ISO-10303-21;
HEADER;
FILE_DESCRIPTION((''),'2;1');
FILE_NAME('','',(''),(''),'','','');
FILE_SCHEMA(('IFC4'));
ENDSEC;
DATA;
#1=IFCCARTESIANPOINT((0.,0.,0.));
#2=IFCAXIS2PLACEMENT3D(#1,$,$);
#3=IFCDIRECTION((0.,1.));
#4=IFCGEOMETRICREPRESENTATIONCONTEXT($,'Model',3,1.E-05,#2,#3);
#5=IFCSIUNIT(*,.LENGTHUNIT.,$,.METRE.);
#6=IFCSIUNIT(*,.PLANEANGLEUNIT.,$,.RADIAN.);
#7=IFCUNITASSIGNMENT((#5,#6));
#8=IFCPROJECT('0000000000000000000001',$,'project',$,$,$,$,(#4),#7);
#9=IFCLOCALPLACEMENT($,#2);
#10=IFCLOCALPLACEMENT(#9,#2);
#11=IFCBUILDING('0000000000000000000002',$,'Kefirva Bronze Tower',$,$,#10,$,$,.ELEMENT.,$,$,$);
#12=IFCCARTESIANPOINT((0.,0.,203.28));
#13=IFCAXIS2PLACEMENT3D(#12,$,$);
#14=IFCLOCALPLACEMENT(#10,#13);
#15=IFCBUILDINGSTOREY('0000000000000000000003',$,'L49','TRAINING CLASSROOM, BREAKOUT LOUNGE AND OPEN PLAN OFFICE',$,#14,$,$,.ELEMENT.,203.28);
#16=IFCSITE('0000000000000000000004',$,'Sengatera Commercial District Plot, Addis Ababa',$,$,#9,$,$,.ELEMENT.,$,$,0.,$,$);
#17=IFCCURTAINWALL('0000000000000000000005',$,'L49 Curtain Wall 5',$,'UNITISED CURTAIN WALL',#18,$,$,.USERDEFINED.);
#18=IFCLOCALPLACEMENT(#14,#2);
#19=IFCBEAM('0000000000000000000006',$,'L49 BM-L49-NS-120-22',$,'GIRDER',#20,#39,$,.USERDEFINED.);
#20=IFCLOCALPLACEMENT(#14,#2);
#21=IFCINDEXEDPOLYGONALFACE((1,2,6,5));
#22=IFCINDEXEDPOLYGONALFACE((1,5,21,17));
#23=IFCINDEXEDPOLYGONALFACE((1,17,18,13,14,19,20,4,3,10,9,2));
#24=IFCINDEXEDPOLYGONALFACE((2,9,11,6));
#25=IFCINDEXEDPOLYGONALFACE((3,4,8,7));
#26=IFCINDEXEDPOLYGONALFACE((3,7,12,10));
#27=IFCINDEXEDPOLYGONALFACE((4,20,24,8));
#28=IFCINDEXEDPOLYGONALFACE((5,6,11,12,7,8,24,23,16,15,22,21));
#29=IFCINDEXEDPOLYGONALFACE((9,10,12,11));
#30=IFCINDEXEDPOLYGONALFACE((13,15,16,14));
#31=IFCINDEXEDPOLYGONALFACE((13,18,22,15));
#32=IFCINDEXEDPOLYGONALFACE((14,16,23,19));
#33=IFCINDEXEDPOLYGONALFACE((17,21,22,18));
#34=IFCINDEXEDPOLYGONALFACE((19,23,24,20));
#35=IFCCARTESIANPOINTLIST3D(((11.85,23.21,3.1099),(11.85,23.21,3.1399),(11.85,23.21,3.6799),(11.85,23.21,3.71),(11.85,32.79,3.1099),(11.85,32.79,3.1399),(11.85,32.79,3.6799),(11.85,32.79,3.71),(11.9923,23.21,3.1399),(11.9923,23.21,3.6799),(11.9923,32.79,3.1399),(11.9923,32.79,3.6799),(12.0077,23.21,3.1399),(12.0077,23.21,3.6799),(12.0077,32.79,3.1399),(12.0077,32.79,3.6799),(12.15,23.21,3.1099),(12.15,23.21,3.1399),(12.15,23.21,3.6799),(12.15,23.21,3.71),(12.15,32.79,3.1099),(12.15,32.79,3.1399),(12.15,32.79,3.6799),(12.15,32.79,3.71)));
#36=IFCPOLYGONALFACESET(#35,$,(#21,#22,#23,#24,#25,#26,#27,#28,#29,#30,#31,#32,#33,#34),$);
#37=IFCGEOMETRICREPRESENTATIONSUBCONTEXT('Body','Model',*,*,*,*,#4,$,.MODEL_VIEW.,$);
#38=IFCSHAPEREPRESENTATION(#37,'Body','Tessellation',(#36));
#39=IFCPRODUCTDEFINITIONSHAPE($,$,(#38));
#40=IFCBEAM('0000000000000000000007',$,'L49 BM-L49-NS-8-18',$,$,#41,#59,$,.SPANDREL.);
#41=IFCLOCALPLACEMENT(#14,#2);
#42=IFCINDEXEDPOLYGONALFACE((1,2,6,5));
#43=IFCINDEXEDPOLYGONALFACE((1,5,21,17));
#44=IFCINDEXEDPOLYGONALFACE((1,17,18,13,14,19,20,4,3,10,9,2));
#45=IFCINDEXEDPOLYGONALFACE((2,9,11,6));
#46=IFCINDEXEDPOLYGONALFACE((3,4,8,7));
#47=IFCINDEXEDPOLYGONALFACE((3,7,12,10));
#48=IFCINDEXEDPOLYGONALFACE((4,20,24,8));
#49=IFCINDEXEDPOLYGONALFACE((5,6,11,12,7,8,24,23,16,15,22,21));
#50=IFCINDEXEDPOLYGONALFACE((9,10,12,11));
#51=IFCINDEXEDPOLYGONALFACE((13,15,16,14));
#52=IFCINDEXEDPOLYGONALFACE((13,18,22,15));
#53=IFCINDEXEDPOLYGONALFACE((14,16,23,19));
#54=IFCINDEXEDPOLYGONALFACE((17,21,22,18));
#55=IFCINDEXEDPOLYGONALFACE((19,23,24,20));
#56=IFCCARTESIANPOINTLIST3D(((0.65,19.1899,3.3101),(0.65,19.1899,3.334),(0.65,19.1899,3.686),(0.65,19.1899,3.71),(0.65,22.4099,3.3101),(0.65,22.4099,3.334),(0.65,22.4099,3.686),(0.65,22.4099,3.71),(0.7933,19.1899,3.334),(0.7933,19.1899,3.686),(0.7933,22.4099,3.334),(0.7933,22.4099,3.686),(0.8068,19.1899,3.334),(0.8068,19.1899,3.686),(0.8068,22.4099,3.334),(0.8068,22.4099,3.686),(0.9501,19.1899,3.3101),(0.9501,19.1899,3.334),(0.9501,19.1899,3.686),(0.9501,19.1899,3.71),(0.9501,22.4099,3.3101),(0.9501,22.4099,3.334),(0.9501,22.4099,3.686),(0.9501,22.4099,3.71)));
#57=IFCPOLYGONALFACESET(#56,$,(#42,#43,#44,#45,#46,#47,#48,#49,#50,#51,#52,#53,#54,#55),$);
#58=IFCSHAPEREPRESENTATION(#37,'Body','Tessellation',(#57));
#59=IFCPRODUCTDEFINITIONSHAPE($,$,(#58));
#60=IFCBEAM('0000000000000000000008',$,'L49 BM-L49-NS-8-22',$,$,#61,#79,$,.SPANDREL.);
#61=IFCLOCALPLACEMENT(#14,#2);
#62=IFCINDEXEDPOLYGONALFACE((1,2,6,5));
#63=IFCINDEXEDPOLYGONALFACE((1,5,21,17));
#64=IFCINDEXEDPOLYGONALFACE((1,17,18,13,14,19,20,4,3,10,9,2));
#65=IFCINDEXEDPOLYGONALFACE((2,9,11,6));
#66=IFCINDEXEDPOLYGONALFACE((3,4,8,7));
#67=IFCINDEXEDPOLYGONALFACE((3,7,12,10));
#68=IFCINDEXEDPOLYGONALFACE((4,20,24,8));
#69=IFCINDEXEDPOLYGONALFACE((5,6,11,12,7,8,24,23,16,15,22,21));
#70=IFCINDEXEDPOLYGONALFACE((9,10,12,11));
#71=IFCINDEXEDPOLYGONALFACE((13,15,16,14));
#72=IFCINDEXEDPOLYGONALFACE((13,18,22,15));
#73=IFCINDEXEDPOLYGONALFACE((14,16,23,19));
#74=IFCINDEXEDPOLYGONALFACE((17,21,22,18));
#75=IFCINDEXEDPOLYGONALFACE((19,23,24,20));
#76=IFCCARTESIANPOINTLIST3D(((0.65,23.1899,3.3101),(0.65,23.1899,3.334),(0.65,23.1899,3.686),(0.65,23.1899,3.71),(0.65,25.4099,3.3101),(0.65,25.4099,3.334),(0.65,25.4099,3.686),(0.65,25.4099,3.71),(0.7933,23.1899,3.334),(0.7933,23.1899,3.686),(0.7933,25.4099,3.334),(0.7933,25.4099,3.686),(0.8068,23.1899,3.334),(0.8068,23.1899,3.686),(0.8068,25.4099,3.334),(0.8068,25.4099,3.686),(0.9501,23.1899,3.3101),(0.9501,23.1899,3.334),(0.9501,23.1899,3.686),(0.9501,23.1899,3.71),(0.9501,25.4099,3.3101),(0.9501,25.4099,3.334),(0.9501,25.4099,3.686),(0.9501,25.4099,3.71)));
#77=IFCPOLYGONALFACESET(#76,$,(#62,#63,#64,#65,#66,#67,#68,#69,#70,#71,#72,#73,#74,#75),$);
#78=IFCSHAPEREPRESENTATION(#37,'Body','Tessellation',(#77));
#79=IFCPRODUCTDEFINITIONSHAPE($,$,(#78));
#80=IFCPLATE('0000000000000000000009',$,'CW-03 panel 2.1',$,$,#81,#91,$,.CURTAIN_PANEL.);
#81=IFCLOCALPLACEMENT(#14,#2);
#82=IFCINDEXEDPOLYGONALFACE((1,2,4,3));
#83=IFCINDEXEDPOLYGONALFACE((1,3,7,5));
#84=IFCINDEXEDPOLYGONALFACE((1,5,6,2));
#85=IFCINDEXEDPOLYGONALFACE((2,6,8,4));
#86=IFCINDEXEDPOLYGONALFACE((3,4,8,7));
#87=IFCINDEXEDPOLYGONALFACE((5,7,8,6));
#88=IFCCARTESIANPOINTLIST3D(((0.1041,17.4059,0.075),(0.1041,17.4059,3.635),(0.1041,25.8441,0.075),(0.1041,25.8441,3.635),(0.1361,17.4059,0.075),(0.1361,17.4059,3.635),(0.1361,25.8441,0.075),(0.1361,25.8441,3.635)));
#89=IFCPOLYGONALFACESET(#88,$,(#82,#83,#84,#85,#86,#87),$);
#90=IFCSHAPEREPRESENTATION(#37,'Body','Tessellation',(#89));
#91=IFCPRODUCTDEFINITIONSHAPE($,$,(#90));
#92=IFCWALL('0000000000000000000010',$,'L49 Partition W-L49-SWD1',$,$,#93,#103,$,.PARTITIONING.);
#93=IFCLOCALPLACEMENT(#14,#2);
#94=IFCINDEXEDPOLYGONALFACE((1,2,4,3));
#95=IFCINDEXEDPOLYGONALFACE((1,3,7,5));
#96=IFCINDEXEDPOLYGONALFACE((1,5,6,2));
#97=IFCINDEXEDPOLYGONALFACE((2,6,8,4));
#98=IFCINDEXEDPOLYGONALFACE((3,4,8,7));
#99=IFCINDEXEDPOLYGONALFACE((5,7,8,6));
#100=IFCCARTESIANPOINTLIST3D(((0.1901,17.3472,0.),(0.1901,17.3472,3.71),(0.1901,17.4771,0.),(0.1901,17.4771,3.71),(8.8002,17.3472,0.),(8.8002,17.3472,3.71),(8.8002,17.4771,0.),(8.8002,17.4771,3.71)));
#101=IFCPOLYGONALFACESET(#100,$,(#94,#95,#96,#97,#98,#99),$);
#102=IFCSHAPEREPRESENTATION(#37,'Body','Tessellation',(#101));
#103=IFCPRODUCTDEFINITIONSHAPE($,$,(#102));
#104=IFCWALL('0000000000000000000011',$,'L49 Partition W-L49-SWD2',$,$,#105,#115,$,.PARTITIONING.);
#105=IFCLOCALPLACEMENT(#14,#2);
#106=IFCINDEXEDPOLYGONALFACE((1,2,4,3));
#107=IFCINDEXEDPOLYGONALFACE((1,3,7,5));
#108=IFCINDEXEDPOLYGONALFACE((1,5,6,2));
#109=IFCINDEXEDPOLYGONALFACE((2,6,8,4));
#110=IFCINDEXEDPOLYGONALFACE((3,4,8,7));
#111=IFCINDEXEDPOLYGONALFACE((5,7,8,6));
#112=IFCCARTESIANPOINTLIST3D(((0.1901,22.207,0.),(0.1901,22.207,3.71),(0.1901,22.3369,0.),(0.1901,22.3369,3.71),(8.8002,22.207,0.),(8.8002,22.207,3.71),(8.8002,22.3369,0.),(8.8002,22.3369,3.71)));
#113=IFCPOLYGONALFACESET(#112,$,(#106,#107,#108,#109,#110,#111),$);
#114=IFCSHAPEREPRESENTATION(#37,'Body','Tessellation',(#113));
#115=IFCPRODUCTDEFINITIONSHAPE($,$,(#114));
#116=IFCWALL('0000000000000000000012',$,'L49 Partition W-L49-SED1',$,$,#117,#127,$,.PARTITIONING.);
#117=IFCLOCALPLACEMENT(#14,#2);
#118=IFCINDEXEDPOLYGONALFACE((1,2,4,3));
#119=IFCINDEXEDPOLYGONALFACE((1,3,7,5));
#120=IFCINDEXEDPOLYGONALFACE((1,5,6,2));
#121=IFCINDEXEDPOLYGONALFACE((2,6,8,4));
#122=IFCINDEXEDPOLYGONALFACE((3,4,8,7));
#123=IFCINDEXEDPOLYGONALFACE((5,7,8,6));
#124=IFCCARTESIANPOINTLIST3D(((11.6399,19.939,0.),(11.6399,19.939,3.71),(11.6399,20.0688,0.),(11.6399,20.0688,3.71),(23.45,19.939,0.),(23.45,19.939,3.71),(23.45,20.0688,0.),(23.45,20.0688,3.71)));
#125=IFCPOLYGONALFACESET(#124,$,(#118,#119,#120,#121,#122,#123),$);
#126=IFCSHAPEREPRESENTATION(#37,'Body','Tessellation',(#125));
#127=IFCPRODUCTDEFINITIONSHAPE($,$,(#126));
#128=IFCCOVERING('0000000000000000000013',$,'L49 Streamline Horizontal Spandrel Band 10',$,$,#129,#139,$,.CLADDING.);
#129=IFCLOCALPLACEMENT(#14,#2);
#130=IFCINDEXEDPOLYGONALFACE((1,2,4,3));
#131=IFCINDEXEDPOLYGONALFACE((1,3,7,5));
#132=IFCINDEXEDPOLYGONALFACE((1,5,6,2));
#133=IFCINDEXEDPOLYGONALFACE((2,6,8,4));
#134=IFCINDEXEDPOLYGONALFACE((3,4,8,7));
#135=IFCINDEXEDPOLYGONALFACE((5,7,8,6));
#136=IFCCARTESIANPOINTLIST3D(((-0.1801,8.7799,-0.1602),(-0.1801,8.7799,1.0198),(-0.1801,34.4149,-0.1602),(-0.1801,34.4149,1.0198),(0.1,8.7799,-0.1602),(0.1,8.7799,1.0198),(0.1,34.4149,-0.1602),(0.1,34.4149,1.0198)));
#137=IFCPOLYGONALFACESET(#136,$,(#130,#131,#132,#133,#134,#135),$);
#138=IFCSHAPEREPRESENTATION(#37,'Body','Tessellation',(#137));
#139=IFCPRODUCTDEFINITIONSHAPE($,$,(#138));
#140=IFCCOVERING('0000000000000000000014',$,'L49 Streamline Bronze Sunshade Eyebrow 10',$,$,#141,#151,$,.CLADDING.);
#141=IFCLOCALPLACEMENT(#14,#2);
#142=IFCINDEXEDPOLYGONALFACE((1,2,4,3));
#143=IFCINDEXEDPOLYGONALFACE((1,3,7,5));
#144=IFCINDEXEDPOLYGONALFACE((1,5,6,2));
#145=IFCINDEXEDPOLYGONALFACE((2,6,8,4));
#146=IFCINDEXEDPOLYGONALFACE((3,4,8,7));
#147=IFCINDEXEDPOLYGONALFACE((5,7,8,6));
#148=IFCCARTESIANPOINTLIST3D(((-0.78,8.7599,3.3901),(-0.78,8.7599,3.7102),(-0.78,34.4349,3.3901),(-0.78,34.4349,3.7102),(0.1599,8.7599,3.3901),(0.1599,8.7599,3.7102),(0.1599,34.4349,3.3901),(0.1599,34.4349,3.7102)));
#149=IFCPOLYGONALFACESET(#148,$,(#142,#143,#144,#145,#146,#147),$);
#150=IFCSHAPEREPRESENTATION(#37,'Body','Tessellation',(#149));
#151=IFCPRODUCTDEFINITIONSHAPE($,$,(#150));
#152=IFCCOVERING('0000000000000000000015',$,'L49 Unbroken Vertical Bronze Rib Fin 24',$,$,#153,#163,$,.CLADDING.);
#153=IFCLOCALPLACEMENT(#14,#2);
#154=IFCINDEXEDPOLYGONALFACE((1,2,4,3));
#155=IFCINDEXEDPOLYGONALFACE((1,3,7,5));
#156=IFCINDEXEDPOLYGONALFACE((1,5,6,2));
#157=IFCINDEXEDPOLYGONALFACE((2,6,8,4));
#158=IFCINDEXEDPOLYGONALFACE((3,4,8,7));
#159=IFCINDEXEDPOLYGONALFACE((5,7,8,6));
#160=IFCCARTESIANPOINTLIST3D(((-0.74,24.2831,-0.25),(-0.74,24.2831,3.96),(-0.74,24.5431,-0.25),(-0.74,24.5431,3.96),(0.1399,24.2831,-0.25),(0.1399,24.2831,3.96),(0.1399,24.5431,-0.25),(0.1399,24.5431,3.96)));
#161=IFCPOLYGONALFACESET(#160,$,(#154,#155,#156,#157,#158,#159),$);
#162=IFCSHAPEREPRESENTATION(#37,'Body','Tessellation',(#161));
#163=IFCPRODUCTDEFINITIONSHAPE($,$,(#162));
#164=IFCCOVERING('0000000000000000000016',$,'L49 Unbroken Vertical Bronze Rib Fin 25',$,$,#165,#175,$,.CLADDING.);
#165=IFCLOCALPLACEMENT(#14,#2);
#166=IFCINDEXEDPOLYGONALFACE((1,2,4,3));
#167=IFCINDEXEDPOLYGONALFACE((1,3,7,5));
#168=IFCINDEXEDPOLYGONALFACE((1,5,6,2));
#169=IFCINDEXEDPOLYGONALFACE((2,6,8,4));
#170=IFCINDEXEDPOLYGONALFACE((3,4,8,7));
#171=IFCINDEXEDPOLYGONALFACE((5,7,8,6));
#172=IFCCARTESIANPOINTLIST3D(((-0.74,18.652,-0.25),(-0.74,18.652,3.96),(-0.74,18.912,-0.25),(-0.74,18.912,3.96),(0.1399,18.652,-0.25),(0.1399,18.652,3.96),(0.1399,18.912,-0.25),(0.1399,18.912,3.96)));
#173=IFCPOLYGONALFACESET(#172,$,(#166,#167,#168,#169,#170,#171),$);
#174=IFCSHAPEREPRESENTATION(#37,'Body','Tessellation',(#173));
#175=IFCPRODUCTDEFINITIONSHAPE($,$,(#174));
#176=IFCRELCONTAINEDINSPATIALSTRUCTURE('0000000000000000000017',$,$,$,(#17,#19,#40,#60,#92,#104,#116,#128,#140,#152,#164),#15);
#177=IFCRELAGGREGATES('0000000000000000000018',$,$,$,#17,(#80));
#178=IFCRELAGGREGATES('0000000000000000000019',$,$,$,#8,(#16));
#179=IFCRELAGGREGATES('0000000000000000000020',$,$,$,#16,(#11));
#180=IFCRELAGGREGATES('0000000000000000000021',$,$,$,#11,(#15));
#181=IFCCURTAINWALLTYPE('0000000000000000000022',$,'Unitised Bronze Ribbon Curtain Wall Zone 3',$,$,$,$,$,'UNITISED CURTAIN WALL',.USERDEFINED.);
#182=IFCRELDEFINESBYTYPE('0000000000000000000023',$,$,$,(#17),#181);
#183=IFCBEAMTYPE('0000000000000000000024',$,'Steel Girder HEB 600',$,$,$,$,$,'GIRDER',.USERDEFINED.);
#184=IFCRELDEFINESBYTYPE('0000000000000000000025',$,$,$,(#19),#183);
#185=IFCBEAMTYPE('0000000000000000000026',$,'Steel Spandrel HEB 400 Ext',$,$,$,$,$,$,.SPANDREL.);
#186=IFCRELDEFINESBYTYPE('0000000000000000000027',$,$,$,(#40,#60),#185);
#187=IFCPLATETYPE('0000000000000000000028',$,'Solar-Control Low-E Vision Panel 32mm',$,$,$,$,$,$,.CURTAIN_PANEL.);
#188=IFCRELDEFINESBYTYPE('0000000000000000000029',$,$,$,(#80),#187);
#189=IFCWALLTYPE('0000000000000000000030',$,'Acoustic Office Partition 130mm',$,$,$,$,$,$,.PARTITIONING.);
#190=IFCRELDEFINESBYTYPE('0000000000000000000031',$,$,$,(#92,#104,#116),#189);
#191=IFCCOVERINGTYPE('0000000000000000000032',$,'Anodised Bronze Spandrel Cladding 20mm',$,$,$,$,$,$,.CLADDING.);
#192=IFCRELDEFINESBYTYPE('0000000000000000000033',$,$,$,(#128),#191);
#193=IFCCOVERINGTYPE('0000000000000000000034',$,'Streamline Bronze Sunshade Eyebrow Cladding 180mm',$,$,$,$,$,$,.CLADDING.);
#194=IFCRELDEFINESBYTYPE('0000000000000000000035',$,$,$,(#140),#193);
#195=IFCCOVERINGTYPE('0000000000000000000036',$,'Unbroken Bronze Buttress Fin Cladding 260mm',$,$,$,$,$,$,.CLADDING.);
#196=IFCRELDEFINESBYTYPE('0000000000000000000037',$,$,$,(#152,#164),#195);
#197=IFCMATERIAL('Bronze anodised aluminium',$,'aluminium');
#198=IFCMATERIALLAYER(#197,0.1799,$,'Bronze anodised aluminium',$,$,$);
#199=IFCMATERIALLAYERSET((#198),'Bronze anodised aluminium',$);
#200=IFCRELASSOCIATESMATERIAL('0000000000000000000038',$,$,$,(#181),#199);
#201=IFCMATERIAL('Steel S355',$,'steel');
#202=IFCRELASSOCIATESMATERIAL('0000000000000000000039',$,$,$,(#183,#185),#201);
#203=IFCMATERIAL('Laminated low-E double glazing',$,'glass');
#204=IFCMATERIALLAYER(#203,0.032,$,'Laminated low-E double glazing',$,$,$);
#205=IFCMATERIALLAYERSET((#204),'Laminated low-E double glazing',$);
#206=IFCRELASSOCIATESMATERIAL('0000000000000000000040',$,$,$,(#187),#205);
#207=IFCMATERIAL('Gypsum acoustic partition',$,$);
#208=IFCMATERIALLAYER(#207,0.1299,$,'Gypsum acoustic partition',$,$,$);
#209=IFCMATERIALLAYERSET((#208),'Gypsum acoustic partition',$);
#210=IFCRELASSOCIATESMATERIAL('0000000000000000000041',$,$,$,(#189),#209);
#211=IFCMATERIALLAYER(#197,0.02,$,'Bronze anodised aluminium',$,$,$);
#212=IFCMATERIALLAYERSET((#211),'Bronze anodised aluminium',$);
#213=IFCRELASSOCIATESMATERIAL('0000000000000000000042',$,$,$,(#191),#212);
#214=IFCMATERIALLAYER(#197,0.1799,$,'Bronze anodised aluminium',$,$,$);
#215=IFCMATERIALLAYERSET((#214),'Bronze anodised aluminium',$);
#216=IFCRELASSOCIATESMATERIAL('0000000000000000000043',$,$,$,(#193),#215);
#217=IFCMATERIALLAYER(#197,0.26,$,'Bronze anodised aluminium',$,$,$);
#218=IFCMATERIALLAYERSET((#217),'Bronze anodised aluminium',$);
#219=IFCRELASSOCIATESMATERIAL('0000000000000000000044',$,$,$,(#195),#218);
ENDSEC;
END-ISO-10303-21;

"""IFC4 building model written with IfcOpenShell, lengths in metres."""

from ifc_helpers import new_model, si_unit, direction, frame, frame_2d, origin, origin_2d, place, context, subcontext, project, spatial, rectangle, i_section, extrude, material, layer, layer_set, material_profile, profile_set, type_object, element, aggregate, save


model = new_model("IFC4")

# Units and contexts
model_context = context("Model", 3, precision=1e-05, world=origin(), true_north=direction((0.0, 1.0)))
body_context = subcontext(model_context, "Body", "Model", "MODEL_VIEW")
ifc_project = project(units=[si_unit("LENGTHUNIT", "METRE"), si_unit("PLANEANGLEUNIT", "RADIAN")], contexts=[model_context])

# Site, building, storey
site_placement = place(None, origin())
site = spatial("IfcSite", under=ifc_project, at=site_placement, Name="Sengatera Commercial District Plot, Addis Ababa", CompositionType="ELEMENT", RefElevation=0.0)
building_placement = place(site_placement, origin())
building = spatial("IfcBuilding", under=site, at=building_placement, Name="Kefirva Bronze Tower", CompositionType="ELEMENT")
storey_placement = place(building_placement, frame((0.0, 0.0, 203.28)))
storey = spatial("IfcBuildingStorey", under=building, at=storey_placement, Name="L49", Description="TRAINING CLASSROOM, BREAKOUT LOUNGE AND OPEN PLAN OFFICE", CompositionType="ELEMENT", Elevation=203.28)

# Curtain wall
ifc_material_1 = material(Name="Bronze anodised aluminium", Category="aluminium")
ifc_layer_1 = layer(ifc_material_1, 0.1799, Name="Bronze anodised aluminium")
ifc_layer_set_1 = layer_set([ifc_layer_1], Name="Bronze anodised aluminium")
curtain_wall_type = type_object("IfcCurtainWallType", Name="Unitised Bronze Ribbon Curtain Wall Zone 3", ElementType="UNITISED CURTAIN WALL", PredefinedType="USERDEFINED", material=ifc_layer_set_1)
curtain_wall_placement = place(storey_placement, origin())
curtain_wall = element("IfcCurtainWall", 1, at=curtain_wall_placement, inside=storey, type_object=curtain_wall_type, Name="L49 Curtain Wall 5", ObjectType="UNITISED CURTAIN WALL", PredefinedType="USERDEFINED")

# Beams
ifc_material_2 = material(Name="Steel S355", Category="steel")
ifc_material_profile_1 = material_profile(ifc_material_2, i_section(OverallWidth=0.3, OverallDepth=0.6001, WebThickness=0.0154, FlangeThickness=0.03, at=origin_2d()), Name="HEB 600")
ifc_profile_set_1 = profile_set([ifc_material_profile_1], Name="Steel S355")
beam_type_1 = type_object("IfcBeamType", Name="Steel Girder HEB 600", ElementType="GIRDER", PredefinedType="USERDEFINED", material=ifc_profile_set_1)
beam_1_placement = place(storey_placement, frame((12.0, 23.21, 3.4099), z_axis=(0.0, 1.0, 0.0), x_axis=(-1.0, 0.0, 0.0)))
element("IfcBeam", 2, at=beam_1_placement, inside=storey, type_object=beam_type_1, Name="L49 BM-L49-NS-120-22", ObjectType="GIRDER", PredefinedType="USERDEFINED", context=body_context, shape_type="SweptSolid", body=[
    extrude(i_section(OverallWidth=0.3, OverallDepth=0.6001, WebThickness=0.0154, FlangeThickness=0.03, at=origin_2d()), origin(), (0.0, 0.0, 1.0), 9.5801),
])
ifc_material_profile_2 = material_profile(ifc_material_2, i_section(OverallWidth=0.3, OverallDepth=0.3999, WebThickness=0.0134, FlangeThickness=0.0239, at=origin_2d()), Name="HEB 400")
ifc_profile_set_2 = profile_set([ifc_material_profile_2], Name="Steel S355")
beam_type_2 = type_object("IfcBeamType", Name="Steel Spandrel HEB 400 Ext", PredefinedType="SPANDREL", material=ifc_profile_set_2)
beam_2_placement = place(storey_placement, frame((0.8, 19.1899, 3.51), z_axis=(0.0, 1.0, 0.0), x_axis=(-1.0, 0.0, 0.0)))
element("IfcBeam", 3, at=beam_2_placement, inside=storey, type_object=beam_type_2, Name="L49 BM-L49-NS-8-18", PredefinedType="SPANDREL", context=body_context, shape_type="SweptSolid", body=[
    extrude(i_section(OverallWidth=0.3, OverallDepth=0.3999, WebThickness=0.0134, FlangeThickness=0.0239, at=origin_2d()), origin(), (0.0, 0.0, 1.0), 3.22),
])
beam_3_placement = place(storey_placement, frame((0.8, 23.1899, 3.51), z_axis=(0.0, 1.0, 0.0), x_axis=(-1.0, 0.0, 0.0)))
element("IfcBeam", 4, at=beam_3_placement, inside=storey, type_object=beam_type_2, Name="L49 BM-L49-NS-8-22", PredefinedType="SPANDREL", context=body_context, shape_type="SweptSolid", body=[
    extrude(i_section(OverallWidth=0.3, OverallDepth=0.3999, WebThickness=0.0134, FlangeThickness=0.0239, at=origin_2d()), origin(), (0.0, 0.0, 1.0), 2.22),
])

# Plate
ifc_material_3 = material(Name="Laminated low-E double glazing", Category="glass")
ifc_layer_2 = layer(ifc_material_3, 0.032, Name="Laminated low-E double glazing")
ifc_layer_set_2 = layer_set([ifc_layer_2], Name="Laminated low-E double glazing")
plate_type = type_object("IfcPlateType", Name="Solar-Control Low-E Vision Panel 32mm", PredefinedType="CURTAIN_PANEL", material=ifc_layer_set_2)
plate_placement = place(storey_placement, frame((0.1201, 21.625, 0.075), z_axis=(0.0, 0.0, 1.0), x_axis=(0.0, -1.0, 0.0)))
plate = element("IfcPlate", 5, at=plate_placement, type_object=plate_type, Name="CW-03 panel 2.1", PredefinedType="CURTAIN_PANEL", context=body_context, shape_type="SweptSolid", body=[
    extrude(rectangle(XDim=8.4382, YDim=0.032, at=origin_2d()), origin(), (0.0, 0.0, 1.0), 3.5601),
])
aggregate(curtain_wall, [plate])

# Walls
ifc_material_4 = material(Name="Gypsum acoustic partition")
ifc_layer_3 = layer(ifc_material_4, 0.1299, Name="Gypsum acoustic partition")
ifc_layer_set_3 = layer_set([ifc_layer_3], Name="Gypsum acoustic partition")
wall_type = type_object("IfcWallType", Name="Acoustic Office Partition 130mm", PredefinedType="PARTITIONING", material=ifc_layer_set_3)
for number, where, z_axis, x_axis, name in (
    (6, (0.1899, 17.4121, 0.0), (0.0, 0.0, 1.0), (1.0, 0.0, 0.0), "L49 Partition W-L49-SWD1"),
    (7, (0.1899, 22.272, 0.0), (0.0, 0.0, 1.0), (1.0, 0.0, 0.0), "L49 Partition W-L49-SWD2"),
):
    element("IfcWall", number, at=place(storey_placement, frame(where, z_axis=z_axis, x_axis=x_axis)), inside=storey, type_object=wall_type, Name=name, PredefinedType="PARTITIONING", context=body_context, shape_type="SweptSolid", body=[
        extrude(rectangle(XDim=8.6101, YDim=0.1299, at=frame_2d((4.3052, 0.0))), origin(), (0.0, 0.0, 1.0), 3.71),
    ])
wall_placement = place(storey_placement, frame((11.6399, 20.0039, 0.0), z_axis=(0.0, 0.0, 1.0), x_axis=(1.0, 0.0, 0.0)))
element("IfcWall", 8, at=wall_placement, inside=storey, type_object=wall_type, Name="L49 Partition W-L49-SED1", PredefinedType="PARTITIONING", context=body_context, shape_type="SweptSolid", body=[
    extrude(rectangle(XDim=11.8101, YDim=0.1299, at=frame_2d((5.905, 0.0))), origin(), (0.0, 0.0, 1.0), 3.71),
])

# Coverings
ifc_layer_4 = layer(ifc_material_1, 0.02, Name="Bronze anodised aluminium")
ifc_layer_set_4 = layer_set([ifc_layer_4], Name="Bronze anodised aluminium")
covering_type_1 = type_object("IfcCoveringType", Name="Anodised Bronze Spandrel Cladding 20mm", PredefinedType="CLADDING", material=ifc_layer_set_4)
covering_1_placement = place(storey_placement, frame((-0.04, 21.5974, -0.1602), z_axis=(0.0, 0.0, 1.0), x_axis=(0.0, -1.0, 0.0)))
element("IfcCovering", 9, at=covering_1_placement, inside=storey, type_object=covering_type_1, Name="L49 Streamline Horizontal Spandrel Band 10", PredefinedType="CLADDING", context=body_context, shape_type="SweptSolid", body=[
    extrude(rectangle(XDim=25.635, YDim=0.28, at=origin_2d()), origin(), (0.0, 0.0, 1.0), 1.1799),
])
ifc_layer_5 = layer(ifc_material_1, 0.1799, Name="Bronze anodised aluminium")
ifc_layer_set_5 = layer_set([ifc_layer_5], Name="Bronze anodised aluminium")
covering_type_2 = type_object("IfcCoveringType", Name="Streamline Bronze Sunshade Eyebrow Cladding 180mm", PredefinedType="CLADDING", material=ifc_layer_set_5)
covering_2_placement = place(storey_placement, frame((-0.3101, 21.5974, 3.3901), z_axis=(0.0, 0.0, 1.0), x_axis=(0.0, -1.0, 0.0)))
element("IfcCovering", 10, at=covering_2_placement, inside=storey, type_object=covering_type_2, Name="L49 Streamline Bronze Sunshade Eyebrow 10", PredefinedType="CLADDING", context=body_context, shape_type="SweptSolid", body=[
    extrude(rectangle(XDim=25.675, YDim=0.9399, at=origin_2d()), origin(), (0.0, 0.0, 1.0), 0.3201),
])
ifc_layer_6 = layer(ifc_material_1, 0.26, Name="Bronze anodised aluminium")
ifc_layer_set_6 = layer_set([ifc_layer_6], Name="Bronze anodised aluminium")
covering_type_3 = type_object("IfcCoveringType", Name="Unbroken Bronze Buttress Fin Cladding 260mm", PredefinedType="CLADDING", material=ifc_layer_set_6)
for number, where, z_axis, x_axis, name in (
    (11, (-0.3, 24.4131, -0.25), (0.0, 0.0, 1.0), (0.0, -1.0, 0.0), "L49 Unbroken Vertical Bronze Rib Fin 24"),
    (12, (-0.3, 18.782, -0.25), (0.0, 0.0, 1.0), (0.0, -1.0, 0.0), "L49 Unbroken Vertical Bronze Rib Fin 25"),
):
    element("IfcCovering", number, at=place(storey_placement, frame(where, z_axis=z_axis, x_axis=x_axis)), inside=storey, type_object=covering_type_3, Name=name, PredefinedType="CLADDING", context=body_context, shape_type="SweptSolid", body=[
        extrude(rectangle(XDim=0.26, YDim=0.8799, at=origin_2d()), origin(), (0.0, 0.0, 1.0), 4.21),
    ])

save(model, "model.ifc")
